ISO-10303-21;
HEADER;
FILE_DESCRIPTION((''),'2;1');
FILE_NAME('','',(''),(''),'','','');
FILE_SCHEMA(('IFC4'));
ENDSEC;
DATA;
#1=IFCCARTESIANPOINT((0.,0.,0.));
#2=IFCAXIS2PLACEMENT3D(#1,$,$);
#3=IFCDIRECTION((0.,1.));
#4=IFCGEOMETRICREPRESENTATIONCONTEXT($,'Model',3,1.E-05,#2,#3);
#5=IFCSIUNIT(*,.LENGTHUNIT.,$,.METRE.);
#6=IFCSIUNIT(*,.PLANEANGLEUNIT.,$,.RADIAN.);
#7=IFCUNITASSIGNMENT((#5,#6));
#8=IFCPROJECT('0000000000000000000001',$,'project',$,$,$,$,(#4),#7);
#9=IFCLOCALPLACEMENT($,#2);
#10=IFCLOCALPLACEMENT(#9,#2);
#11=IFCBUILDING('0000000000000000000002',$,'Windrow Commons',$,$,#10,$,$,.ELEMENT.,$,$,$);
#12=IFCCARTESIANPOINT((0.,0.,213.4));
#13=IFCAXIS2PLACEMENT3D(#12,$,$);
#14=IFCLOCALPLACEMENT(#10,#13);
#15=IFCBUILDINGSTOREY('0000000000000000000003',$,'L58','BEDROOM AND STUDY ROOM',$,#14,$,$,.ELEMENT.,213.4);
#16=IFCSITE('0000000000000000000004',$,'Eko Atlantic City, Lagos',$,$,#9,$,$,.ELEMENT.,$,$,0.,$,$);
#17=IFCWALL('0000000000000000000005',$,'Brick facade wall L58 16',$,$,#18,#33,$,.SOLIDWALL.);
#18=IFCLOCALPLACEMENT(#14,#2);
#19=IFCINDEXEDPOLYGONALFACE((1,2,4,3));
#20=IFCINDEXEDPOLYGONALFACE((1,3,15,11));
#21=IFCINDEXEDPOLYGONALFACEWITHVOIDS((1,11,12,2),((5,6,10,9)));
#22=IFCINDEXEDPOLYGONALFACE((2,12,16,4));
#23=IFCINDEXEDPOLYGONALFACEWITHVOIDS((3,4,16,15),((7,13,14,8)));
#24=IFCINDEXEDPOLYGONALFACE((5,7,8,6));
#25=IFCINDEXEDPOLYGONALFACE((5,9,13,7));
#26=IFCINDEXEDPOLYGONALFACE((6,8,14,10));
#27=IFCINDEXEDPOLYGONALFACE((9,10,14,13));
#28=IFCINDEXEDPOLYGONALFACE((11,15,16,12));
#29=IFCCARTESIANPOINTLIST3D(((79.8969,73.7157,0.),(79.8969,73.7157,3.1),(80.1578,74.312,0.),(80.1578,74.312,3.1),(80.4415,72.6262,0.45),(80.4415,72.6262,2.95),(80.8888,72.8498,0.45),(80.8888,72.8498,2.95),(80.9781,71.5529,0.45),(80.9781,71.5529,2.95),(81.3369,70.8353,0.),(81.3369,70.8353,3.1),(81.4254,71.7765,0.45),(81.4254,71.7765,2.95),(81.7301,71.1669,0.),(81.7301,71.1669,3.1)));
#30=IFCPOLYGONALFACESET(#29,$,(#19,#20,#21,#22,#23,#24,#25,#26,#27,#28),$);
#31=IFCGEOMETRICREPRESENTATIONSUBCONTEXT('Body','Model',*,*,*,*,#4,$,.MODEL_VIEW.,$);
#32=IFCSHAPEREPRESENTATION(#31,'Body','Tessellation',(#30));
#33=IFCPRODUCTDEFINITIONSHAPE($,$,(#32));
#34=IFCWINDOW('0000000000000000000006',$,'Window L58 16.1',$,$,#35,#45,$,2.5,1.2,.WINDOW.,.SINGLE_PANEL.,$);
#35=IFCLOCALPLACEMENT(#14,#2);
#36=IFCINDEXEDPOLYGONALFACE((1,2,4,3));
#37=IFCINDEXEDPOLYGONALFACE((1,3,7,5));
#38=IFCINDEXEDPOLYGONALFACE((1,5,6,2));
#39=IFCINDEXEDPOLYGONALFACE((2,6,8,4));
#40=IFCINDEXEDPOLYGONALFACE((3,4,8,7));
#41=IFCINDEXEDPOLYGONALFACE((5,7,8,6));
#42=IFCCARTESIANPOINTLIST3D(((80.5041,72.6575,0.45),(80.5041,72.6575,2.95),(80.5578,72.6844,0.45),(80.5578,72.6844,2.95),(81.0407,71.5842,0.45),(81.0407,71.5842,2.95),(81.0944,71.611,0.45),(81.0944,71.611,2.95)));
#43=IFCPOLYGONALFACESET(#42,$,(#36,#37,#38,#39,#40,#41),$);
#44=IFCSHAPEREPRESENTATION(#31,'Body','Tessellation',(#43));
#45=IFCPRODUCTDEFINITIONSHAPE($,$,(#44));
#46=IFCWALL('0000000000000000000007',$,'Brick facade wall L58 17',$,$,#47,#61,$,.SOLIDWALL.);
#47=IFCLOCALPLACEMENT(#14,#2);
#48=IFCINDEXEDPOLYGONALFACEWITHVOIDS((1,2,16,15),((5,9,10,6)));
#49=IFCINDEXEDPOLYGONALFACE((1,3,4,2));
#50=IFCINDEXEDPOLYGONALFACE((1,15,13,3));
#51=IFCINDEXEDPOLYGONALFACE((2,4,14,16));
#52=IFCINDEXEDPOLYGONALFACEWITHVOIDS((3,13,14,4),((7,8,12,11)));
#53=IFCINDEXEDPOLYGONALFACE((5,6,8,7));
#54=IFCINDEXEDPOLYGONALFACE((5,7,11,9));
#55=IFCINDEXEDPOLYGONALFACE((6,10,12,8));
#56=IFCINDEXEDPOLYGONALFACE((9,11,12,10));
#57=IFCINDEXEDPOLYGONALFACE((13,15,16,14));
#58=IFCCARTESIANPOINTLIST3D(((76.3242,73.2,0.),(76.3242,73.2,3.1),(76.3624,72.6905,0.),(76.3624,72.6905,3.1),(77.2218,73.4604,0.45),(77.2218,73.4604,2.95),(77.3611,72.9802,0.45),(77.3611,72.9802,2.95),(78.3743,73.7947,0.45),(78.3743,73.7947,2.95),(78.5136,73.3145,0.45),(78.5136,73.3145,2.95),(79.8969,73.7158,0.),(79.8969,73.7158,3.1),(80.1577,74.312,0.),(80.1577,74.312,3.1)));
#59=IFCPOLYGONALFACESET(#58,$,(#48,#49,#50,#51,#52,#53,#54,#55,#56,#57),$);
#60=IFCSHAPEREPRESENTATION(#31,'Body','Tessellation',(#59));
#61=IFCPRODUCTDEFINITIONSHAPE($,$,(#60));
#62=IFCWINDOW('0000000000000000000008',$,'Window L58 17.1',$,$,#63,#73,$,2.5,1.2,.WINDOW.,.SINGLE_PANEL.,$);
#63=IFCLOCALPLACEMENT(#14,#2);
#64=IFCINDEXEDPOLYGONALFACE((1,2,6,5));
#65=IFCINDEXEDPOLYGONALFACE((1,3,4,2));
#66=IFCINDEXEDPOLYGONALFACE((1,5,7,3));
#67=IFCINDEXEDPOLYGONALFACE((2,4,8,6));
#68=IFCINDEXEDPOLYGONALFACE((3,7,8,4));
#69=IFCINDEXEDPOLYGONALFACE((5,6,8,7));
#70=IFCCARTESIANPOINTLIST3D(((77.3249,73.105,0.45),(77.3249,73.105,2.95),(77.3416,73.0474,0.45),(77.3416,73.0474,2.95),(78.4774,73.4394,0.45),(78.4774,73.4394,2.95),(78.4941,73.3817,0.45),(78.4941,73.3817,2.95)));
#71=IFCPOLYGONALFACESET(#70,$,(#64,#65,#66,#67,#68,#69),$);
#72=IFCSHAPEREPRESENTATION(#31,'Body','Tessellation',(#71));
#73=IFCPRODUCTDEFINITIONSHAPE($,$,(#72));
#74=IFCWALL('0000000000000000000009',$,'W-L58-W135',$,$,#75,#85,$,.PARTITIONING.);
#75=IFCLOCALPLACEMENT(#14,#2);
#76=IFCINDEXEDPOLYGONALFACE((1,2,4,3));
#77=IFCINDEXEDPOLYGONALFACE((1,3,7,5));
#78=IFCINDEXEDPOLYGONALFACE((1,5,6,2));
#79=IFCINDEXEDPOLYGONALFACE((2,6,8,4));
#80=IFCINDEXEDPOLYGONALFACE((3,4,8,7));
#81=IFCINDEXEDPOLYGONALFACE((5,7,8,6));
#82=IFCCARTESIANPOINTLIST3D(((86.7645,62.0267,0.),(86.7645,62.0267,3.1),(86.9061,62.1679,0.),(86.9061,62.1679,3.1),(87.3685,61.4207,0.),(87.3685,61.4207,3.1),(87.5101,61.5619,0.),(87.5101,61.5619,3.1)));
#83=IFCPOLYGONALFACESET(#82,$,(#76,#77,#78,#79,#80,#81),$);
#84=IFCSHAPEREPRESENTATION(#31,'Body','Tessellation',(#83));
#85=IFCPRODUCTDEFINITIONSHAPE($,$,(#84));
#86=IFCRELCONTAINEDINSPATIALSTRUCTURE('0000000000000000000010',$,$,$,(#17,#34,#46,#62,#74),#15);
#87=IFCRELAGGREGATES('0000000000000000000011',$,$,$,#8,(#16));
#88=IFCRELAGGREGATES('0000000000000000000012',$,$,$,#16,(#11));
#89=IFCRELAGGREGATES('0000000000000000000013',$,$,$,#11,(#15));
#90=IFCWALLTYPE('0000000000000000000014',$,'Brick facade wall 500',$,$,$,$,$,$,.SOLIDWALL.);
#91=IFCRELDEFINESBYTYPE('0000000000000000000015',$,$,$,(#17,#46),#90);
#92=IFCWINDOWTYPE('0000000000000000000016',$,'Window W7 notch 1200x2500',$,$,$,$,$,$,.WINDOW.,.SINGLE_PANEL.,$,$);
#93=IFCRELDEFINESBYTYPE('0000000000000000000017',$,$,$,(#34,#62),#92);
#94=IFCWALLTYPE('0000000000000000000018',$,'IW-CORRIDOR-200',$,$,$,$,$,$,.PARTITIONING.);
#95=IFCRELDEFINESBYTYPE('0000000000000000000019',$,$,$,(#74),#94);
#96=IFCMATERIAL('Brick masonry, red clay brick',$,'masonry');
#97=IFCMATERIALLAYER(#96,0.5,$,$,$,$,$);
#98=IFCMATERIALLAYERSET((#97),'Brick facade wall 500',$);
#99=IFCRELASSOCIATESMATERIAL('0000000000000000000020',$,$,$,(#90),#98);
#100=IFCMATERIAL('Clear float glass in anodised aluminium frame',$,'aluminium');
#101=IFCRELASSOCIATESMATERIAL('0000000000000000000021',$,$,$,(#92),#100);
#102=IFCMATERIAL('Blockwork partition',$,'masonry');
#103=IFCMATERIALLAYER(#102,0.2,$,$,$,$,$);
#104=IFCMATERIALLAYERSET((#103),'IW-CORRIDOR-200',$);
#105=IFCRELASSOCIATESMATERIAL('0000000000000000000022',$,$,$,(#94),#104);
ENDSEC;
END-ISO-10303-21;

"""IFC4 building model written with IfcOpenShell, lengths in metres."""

from ifc_helpers import new_model, si_unit, direction, frame, frame_2d, origin, place, context, subcontext, project, spatial, polyline, rectangle, outline, extrude, material, layer, layer_set, type_object, element, fill, save


model = new_model("IFC4")

# Units and contexts
model_context = context("Model", 3, precision=1e-05, world=origin(), true_north=direction((0.0, 1.0)))
body_context = subcontext(model_context, "Body", "Model", "MODEL_VIEW")
ifc_project = project(units=[si_unit("LENGTHUNIT", "METRE"), si_unit("PLANEANGLEUNIT", "RADIAN")], contexts=[model_context])

# Site, building, storey
site_placement = place(None, origin())
site = spatial("IfcSite", under=ifc_project, at=site_placement, Name="Eko Atlantic City, Lagos", CompositionType="ELEMENT", RefElevation=0.0)
building_placement = place(site_placement, origin())
building = spatial("IfcBuilding", under=site, at=building_placement, Name="Windrow Commons", CompositionType="ELEMENT")
storey_placement = place(building_placement, frame((0.0, 0.0, 213.4)))
storey = spatial("IfcBuildingStorey", under=building, at=storey_placement, Name="L58", Description="BEDROOM AND STUDY ROOM", CompositionType="ELEMENT", Elevation=213.4)

# Walls, openings, windows
ifc_material_1 = material(Name="Brick masonry, red clay brick", Category="masonry")
ifc_layer_1 = layer(ifc_material_1, 0.5)
ifc_layer_set_1 = layer_set([ifc_layer_1], Name="Brick facade wall 500")
wall_type_1 = type_object("IfcWallType", Name="Brick facade wall 500", PredefinedType="SOLIDWALL", material=ifc_layer_set_1)
ifc_material_2 = material(Name="Clear float glass in anodised aluminium frame", Category="aluminium")
window_type = type_object("IfcWindowType", Name="Window W7 notch 1200x2500", PartitioningType="SINGLE_PANEL", PredefinedType="WINDOW", material=ifc_material_2)
wall_1_placement = place(storey_placement, frame((81.5335, 71.0011, 0.0), z_axis=(0.0, 0.0, 1.0), x_axis=(-0.447166, 0.894451, 0.0)))
wall_1 = element("IfcWall", 1, at=wall_1_placement, inside=storey, type_object=wall_type_1, Name="Brick facade wall L58 16", PredefinedType="SOLIDWALL", context=body_context, shape_type="SweptSolid", body=[
    extrude(outline(polyline([(0.0604, -0.25), (3.5766, -0.25), (3.1599, 0.25), (-0.0604, 0.25), (0.0604, -0.25)])), origin(), (0.0, 0.0, 1.0), 3.1),
])
opening_1_placement = place(wall_1_placement, frame((0.7419, 0.0, 0.45)))
opening_1 = element("IfcOpeningElement", 2, at=opening_1_placement, cuts=wall_1, PredefinedType="OPENING", context=body_context, shape_type="SweptSolid", body=[
    extrude(rectangle(XDim=1.2, YDim=2.5, at=frame_2d((0.6, 1.25))), frame((0.0, 0.26, 0.0), z_axis=(0.0, -1.0, 0.0), x_axis=(1.0, 0.0, 0.0)), (0.0, 0.0, 1.0), 0.52),
])
window_1_placement = place(opening_1_placement, origin())
window_1 = element("IfcWindow", 3, at=window_1_placement, inside=storey, type_object=window_type, Name="Window L58 16.1", OverallHeight=2.5, OverallWidth=1.2, PartitioningType="SINGLE_PANEL", PredefinedType="WINDOW", context=body_context, shape_type="SweptSolid", body=[
    extrude(rectangle(XDim=1.2, YDim=2.5, at=frame_2d((0.6, 1.25))), frame((0.0, 0.18, 0.0), z_axis=(0.0, -1.0, 0.0), x_axis=(1.0, 0.0, 0.0)), (0.0, 0.0, 1.0), 0.06),
])
fill(opening_1, window_1)
wall_2_placement = place(storey_placement, frame((80.0273, 74.0139, 0.0), z_axis=(0.0, 0.0, 1.0), x_axis=(-0.960407, -0.278599, 0.0)))
wall_2 = element("IfcWall", 4, at=wall_2_placement, inside=storey, type_object=wall_type_1, Name="Brick facade wall L58 17", PredefinedType="SOLIDWALL", context=body_context, shape_type="SweptSolid", body=[
    extrude(outline(polyline([(-0.2083, -0.25), (3.7832, -0.25), (3.8885, 0.25), (0.2083, 0.25), (-0.2083, -0.25)])), origin(), (0.0, 0.0, 1.0), 3.1),
])
opening_2_placement = place(wall_2_placement, frame((1.6486, 0.0, 0.45)))
opening_2 = element("IfcOpeningElement", 5, at=opening_2_placement, cuts=wall_2, PredefinedType="OPENING", context=body_context, shape_type="SweptSolid", body=[
    extrude(rectangle(XDim=1.2, YDim=2.5, at=frame_2d((0.6, 1.25))), frame((0.0, 0.26, 0.0), z_axis=(0.0, -1.0, 0.0), x_axis=(1.0, 0.0, 0.0)), (0.0, 0.0, 1.0), 0.52),
])
window_2_placement = place(opening_2_placement, origin())
window_2 = element("IfcWindow", 6, at=window_2_placement, inside=storey, type_object=window_type, Name="Window L58 17.1", OverallHeight=2.5, OverallWidth=1.2, PartitioningType="SINGLE_PANEL", PredefinedType="WINDOW", context=body_context, shape_type="SweptSolid", body=[
    extrude(rectangle(XDim=1.2, YDim=2.5, at=frame_2d((0.6, 1.25))), frame((0.0, 0.18, 0.0), z_axis=(0.0, -1.0, 0.0), x_axis=(1.0, 0.0, 0.0)), (0.0, 0.0, 1.0), 0.06),
])
fill(opening_2, window_2)

# Wall
ifc_material_3 = material(Name="Blockwork partition", Category="masonry")
ifc_layer_2 = layer(ifc_material_3, 0.2)
ifc_layer_set_2 = layer_set([ifc_layer_2], Name="IW-CORRIDOR-200")
wall_type_2 = type_object("IfcWallType", Name="IW-CORRIDOR-200", PredefinedType="PARTITIONING", material=ifc_layer_set_2)
wall_3_placement = place(storey_placement, frame((86.8353, 62.0973, 0.0), z_axis=(0.0, 0.0, 1.0), x_axis=(0.705937, -0.708275, 0.0)))
element("IfcWall", 7, at=wall_3_placement, inside=storey, type_object=wall_type_2, Name="W-L58-W135", PredefinedType="PARTITIONING", context=body_context, shape_type="SweptSolid", body=[
    extrude(rectangle(XDim=0.8556, YDim=0.2, at=frame_2d((0.4278, 0.0))), origin(), (0.0, 0.0, 1.0), 3.1),
])

save(model, "model.ifc")
